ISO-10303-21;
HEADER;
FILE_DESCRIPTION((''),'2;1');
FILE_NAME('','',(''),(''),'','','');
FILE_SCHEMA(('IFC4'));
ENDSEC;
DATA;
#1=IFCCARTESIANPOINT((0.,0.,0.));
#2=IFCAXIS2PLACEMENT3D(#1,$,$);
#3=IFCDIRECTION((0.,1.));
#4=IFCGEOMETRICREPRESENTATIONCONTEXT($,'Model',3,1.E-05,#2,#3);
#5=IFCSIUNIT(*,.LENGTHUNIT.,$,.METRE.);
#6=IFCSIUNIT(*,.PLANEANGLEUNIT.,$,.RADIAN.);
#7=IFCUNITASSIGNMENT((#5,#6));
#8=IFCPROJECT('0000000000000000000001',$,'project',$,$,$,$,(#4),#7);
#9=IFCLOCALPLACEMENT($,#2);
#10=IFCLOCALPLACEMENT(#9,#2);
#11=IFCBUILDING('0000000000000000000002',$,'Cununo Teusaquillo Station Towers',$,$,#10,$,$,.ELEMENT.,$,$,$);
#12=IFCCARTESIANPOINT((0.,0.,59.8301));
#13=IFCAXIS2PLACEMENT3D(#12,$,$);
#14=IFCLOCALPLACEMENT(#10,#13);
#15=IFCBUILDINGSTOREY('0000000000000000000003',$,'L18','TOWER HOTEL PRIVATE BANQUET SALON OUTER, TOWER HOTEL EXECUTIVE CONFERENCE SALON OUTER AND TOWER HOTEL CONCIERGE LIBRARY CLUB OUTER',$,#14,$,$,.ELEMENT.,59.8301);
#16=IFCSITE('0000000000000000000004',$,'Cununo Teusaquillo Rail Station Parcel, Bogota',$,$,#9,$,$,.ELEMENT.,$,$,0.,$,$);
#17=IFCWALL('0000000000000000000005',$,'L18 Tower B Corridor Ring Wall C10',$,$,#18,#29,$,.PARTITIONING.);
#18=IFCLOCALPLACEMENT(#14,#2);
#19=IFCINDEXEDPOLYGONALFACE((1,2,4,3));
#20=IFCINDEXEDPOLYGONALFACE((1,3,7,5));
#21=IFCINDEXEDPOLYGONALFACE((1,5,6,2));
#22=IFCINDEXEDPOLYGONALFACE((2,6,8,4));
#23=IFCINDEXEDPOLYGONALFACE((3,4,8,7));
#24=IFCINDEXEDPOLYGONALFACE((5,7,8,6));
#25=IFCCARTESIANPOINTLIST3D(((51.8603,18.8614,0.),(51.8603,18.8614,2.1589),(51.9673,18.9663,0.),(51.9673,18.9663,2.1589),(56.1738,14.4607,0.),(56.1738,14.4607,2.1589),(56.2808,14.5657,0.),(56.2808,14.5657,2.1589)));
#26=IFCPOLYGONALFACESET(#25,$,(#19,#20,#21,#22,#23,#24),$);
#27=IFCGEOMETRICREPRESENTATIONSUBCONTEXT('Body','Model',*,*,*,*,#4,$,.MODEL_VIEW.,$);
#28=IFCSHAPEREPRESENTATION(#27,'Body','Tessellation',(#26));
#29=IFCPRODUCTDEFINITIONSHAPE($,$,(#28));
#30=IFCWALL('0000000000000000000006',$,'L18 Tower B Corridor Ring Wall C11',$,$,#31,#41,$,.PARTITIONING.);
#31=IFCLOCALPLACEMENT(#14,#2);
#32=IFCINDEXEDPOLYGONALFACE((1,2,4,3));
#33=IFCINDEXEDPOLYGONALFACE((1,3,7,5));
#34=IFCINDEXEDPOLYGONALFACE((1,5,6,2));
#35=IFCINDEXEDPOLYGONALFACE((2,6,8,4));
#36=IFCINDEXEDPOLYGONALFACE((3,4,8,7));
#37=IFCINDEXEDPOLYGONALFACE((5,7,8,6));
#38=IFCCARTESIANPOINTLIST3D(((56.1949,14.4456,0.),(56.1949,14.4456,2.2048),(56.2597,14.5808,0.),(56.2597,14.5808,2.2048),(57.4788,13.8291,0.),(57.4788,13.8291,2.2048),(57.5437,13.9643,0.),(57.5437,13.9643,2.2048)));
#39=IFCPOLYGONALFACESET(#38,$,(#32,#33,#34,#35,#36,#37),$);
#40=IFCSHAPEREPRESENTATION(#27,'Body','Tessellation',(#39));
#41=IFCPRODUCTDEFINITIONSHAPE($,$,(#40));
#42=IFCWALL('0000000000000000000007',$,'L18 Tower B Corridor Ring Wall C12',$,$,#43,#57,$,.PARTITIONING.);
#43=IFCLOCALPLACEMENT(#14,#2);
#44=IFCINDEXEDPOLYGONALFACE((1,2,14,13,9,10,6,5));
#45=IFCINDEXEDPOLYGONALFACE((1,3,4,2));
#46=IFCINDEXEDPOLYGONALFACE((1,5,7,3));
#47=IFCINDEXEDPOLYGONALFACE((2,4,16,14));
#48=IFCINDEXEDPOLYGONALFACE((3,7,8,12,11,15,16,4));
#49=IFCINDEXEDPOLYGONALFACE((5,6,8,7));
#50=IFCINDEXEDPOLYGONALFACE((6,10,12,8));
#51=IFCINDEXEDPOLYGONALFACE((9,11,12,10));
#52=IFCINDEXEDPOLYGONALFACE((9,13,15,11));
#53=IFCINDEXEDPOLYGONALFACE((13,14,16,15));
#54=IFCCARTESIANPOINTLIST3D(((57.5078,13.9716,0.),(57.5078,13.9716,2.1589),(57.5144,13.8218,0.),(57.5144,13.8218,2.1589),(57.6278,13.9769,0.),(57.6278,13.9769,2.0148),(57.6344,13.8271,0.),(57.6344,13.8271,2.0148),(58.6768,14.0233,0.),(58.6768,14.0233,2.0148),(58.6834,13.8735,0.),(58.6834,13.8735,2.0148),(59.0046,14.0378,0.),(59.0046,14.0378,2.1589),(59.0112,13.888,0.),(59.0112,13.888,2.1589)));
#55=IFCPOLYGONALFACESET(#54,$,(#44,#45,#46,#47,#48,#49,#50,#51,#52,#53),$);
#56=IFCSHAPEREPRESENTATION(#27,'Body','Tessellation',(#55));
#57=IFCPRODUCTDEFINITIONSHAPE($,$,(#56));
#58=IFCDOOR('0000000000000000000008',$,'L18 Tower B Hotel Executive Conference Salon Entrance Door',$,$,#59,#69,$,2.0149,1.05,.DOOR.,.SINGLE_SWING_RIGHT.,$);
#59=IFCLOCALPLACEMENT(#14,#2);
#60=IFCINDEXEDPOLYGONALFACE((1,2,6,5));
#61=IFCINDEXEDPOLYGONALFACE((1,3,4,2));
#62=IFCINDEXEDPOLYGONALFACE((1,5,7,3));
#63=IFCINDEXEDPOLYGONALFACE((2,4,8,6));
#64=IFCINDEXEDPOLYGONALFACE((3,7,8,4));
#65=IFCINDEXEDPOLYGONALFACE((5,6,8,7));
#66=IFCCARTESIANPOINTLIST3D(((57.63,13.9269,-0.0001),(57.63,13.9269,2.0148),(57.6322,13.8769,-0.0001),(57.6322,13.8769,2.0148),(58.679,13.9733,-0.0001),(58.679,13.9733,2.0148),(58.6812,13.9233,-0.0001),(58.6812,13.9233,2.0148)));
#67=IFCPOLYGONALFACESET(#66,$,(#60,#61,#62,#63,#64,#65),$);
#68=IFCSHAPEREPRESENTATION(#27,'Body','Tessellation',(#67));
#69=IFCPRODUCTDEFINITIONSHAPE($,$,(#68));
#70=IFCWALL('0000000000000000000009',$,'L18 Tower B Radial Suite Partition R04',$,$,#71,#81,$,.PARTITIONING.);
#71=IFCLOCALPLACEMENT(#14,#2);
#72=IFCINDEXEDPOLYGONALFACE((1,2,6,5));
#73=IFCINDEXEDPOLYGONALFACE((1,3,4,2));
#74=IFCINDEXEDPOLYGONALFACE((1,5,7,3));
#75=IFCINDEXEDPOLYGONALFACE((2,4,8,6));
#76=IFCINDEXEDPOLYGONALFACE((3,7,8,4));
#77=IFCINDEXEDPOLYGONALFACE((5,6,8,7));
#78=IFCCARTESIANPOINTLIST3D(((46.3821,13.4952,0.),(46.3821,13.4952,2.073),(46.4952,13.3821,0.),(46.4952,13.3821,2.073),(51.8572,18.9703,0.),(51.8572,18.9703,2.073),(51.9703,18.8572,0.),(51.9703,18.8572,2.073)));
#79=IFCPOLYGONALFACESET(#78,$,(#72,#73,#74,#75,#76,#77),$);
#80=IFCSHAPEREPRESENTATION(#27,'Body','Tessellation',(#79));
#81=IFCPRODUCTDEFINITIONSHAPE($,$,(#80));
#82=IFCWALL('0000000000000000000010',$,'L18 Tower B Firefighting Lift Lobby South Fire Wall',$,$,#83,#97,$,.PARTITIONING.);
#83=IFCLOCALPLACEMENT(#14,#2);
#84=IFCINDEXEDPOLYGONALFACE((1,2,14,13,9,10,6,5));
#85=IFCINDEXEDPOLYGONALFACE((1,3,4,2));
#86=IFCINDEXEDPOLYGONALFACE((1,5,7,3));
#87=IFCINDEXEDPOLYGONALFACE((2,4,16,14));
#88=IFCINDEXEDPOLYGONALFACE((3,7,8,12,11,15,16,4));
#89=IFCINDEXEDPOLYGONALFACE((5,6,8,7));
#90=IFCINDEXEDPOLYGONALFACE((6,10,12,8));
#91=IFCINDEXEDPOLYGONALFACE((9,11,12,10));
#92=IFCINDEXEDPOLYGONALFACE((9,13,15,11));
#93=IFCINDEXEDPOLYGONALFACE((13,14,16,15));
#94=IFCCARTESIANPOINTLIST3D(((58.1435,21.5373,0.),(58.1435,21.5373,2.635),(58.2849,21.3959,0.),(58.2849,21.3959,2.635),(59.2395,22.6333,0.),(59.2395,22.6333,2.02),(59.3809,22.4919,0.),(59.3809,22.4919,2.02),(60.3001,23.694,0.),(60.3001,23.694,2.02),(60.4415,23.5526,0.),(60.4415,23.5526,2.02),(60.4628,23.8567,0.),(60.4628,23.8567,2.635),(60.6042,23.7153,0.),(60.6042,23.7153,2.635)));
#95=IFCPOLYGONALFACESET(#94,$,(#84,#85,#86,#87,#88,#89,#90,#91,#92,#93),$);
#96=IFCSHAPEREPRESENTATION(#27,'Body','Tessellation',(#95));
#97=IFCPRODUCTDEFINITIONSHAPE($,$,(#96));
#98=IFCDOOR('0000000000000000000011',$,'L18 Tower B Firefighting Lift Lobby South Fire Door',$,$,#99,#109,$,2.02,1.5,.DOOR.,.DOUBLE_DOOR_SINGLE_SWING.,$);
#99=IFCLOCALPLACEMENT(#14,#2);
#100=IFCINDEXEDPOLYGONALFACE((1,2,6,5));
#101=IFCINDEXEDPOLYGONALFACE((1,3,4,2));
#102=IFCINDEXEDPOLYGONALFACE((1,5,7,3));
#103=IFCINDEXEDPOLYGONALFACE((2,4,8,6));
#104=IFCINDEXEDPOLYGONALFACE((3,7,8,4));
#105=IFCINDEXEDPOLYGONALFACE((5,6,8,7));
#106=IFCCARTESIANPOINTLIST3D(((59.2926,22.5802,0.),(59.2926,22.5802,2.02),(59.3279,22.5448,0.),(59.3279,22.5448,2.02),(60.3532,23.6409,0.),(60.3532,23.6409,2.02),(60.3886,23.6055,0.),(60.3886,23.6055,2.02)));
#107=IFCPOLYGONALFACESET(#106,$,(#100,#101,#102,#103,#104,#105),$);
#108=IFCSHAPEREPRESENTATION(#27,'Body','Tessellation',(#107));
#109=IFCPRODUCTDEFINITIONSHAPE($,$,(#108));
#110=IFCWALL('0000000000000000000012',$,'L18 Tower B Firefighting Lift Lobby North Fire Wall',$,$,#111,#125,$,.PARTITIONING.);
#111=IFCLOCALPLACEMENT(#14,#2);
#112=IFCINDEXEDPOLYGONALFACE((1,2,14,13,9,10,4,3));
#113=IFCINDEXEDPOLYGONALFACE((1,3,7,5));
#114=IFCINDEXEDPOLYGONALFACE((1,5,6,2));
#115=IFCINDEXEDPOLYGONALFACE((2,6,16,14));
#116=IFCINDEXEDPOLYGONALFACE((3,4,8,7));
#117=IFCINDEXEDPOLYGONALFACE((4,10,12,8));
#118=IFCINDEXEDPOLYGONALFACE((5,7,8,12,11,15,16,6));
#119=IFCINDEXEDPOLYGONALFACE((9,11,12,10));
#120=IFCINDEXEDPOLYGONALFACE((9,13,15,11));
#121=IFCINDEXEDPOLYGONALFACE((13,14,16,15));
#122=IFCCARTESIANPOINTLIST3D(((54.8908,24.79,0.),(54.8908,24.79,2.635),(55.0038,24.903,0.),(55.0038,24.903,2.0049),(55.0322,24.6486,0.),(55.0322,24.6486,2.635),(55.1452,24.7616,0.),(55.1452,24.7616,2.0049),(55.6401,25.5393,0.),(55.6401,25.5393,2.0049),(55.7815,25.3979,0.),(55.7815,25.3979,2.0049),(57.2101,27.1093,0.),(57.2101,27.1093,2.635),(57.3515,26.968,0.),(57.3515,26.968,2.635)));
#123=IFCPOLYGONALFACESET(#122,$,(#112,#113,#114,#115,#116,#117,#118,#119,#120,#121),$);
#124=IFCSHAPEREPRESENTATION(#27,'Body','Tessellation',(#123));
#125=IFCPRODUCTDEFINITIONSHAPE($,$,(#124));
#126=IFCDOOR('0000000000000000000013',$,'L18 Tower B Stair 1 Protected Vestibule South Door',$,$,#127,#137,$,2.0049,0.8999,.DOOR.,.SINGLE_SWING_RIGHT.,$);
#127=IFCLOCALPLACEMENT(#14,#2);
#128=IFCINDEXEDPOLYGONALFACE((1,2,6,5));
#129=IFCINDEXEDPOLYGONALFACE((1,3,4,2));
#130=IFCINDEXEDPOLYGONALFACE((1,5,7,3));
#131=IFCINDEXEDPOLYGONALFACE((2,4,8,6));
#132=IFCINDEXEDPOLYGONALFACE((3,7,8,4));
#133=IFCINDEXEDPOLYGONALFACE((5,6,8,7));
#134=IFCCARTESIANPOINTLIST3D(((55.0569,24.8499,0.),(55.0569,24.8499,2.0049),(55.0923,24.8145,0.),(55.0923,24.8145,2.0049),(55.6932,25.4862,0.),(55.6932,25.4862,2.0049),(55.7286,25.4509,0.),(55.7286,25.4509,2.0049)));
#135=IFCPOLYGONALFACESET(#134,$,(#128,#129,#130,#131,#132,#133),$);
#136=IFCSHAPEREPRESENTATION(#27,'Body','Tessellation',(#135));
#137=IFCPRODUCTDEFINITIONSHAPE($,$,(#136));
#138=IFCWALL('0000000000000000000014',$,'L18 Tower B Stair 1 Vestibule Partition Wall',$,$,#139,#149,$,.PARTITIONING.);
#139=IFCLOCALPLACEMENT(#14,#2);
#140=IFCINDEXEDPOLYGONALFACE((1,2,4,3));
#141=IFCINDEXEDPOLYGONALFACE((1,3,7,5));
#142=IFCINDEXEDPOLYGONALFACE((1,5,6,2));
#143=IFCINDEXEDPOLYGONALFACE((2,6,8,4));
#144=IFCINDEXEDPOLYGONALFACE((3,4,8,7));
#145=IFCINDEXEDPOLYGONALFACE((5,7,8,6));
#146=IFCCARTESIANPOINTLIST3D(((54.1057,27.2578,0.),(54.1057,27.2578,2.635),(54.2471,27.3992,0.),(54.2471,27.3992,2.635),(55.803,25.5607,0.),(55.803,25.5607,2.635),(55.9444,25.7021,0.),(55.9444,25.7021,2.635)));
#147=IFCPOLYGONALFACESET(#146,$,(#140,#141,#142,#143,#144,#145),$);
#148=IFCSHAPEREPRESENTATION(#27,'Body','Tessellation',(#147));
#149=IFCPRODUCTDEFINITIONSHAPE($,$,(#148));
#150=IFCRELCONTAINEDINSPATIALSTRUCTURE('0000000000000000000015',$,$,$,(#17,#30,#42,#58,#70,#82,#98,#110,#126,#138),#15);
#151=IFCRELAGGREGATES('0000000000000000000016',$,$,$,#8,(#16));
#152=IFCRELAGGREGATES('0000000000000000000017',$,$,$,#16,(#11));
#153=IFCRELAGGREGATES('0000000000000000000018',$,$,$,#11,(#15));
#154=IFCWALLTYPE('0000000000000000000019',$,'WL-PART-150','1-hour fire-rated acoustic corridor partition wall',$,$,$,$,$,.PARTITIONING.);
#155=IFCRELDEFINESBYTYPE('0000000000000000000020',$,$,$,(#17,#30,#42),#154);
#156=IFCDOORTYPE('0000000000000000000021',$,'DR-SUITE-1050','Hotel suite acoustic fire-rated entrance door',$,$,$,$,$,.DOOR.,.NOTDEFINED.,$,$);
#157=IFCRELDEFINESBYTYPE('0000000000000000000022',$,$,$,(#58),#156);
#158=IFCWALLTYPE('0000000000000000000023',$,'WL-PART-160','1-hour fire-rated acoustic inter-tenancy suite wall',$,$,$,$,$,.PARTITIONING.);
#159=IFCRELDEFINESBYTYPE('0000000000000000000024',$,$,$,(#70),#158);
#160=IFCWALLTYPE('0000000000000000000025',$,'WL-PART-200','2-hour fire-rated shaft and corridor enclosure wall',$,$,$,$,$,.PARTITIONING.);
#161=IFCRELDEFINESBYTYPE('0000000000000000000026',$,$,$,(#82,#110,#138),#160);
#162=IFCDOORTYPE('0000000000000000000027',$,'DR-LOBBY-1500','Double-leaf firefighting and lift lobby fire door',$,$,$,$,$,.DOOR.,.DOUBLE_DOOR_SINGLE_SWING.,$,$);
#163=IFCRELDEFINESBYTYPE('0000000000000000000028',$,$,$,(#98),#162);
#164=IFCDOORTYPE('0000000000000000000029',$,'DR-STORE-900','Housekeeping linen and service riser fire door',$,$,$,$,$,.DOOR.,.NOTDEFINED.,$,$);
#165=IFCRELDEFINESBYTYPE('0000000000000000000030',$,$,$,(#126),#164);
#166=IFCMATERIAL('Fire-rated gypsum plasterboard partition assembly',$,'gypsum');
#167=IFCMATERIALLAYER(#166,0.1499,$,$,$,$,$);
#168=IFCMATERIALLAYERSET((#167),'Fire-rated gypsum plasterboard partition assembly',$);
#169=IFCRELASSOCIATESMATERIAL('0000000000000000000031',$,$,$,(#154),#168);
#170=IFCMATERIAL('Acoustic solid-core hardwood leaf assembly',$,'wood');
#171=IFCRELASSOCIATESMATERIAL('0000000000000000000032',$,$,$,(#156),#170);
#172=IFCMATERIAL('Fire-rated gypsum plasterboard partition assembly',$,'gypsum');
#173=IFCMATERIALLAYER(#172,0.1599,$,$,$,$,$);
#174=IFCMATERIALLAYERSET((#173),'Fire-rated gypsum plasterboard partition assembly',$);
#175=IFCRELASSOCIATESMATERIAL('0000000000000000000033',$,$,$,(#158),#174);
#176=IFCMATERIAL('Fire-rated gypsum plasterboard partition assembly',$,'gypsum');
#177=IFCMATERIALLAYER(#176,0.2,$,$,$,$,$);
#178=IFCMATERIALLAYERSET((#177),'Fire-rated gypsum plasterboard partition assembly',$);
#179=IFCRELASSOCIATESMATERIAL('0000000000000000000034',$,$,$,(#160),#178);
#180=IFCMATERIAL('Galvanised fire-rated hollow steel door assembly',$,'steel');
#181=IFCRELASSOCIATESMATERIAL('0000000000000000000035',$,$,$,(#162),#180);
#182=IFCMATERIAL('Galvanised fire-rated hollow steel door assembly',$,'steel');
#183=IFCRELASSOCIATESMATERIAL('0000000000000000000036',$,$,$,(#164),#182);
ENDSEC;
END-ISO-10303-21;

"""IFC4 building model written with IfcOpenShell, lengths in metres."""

from ifc_helpers import new_model, si_unit, direction, frame, frame_2d, origin, place, context, subcontext, project, spatial, rectangle, extrude, source, transform, mapped, material, layer, layer_set, type_object, element, fill, save


model = new_model("IFC4")

# Units and contexts
model_context = context("Model", 3, precision=1e-05, world=origin(), true_north=direction((0.0, 1.0)))
body_context = subcontext(model_context, "Body", "Model", "MODEL_VIEW")
ifc_project = project(units=[si_unit("LENGTHUNIT", "METRE"), si_unit("PLANEANGLEUNIT", "RADIAN")], contexts=[model_context])

# Site, building, storey
site_placement = place(None, origin())
site = spatial("IfcSite", under=ifc_project, at=site_placement, Name="Cununo Teusaquillo Rail Station Parcel, Bogota", CompositionType="ELEMENT", RefElevation=0.0)
building_placement = place(site_placement, origin())
building = spatial("IfcBuilding", under=site, at=building_placement, Name="Cununo Teusaquillo Station Towers", CompositionType="ELEMENT")
storey_placement = place(building_placement, frame((0.0, 0.0, 59.8301)))
storey = spatial("IfcBuildingStorey", under=building, at=storey_placement, Name="L18", Description="TOWER HOTEL PRIVATE BANQUET SALON OUTER, TOWER HOTEL EXECUTIVE CONFERENCE SALON OUTER AND TOWER HOTEL CONCIERGE LIBRARY CLUB OUTER", CompositionType="ELEMENT", Elevation=59.8301)

# Walls
ifc_material_1 = material(Name="Fire-rated gypsum plasterboard partition assembly", Category="gypsum")
ifc_layer_1 = layer(ifc_material_1, 0.1499)
ifc_layer_set_1 = layer_set([ifc_layer_1], Name="Fire-rated gypsum plasterboard partition assembly")
wall_type_1 = type_object("IfcWallType", Name="WL-PART-150", Description="1-hour fire-rated acoustic corridor partition wall", PredefinedType="PARTITIONING", material=ifc_layer_set_1)
wall_1_placement = place(storey_placement, frame((51.9138, 18.9138, 0.0), z_axis=(0.0, 0.0, 1.0), x_axis=(0.699999, -0.714144, 0.0)))
element("IfcWall", 1, at=wall_1_placement, inside=storey, type_object=wall_type_1, Name="L18 Tower B Corridor Ring Wall C10", PredefinedType="PARTITIONING", context=body_context, shape_type="SweptSolid", body=[
    extrude(rectangle(XDim=6.1621, YDim=0.1499, at=frame_2d((3.0811, 0.0))), origin(), (0.0, 0.0, 1.0), 2.1589),
])
wall_2_placement = place(storey_placement, frame((56.2273, 14.5132, 0.0), z_axis=(0.0, 0.0, 1.0), x_axis=(0.901478, -0.432826, 0.0)))
element("IfcWall", 2, at=wall_2_placement, inside=storey, type_object=wall_type_1, Name="L18 Tower B Corridor Ring Wall C11", PredefinedType="PARTITIONING", context=body_context, shape_type="SweptSolid", body=[
    extrude(rectangle(XDim=1.4243, YDim=0.1499, at=frame_2d((0.7122, 0.0))), origin(), (0.0, 0.0, 1.0), 2.2048),
])

# Wall, opening, door
wall_3_placement = place(storey_placement, frame((57.5112, 13.8967, 0.0), z_axis=(0.0, 0.0, 1.0), x_axis=(0.999025, 0.044158, 0.0)))
wall_3 = element("IfcWall", 3, at=wall_3_placement, inside=storey, type_object=wall_type_1, Name="L18 Tower B Corridor Ring Wall C12", PredefinedType="PARTITIONING", context=body_context, shape_type="SweptSolid", body=[
    extrude(rectangle(XDim=1.4983, YDim=0.1499, at=frame_2d((0.749, 0.0))), origin(), (0.0, 0.0, 1.0), 2.1589),
])
shared_shape_1 = source(origin(), body_context, "Body", "SweptSolid", [
    extrude(rectangle(XDim=1.05, YDim=2.0149, at=frame_2d((0.5249, 1.0073))), frame((0.0, 0.085, 0.0), z_axis=(0.0, -1.0, 0.0), x_axis=(1.0, 0.0, 0.0)), (0.0, 0.0, 1.0), 0.1699),
])
opening_1_placement = place(wall_3_placement, frame((0.1201, 0.0, 0.0)))
opening_1 = element("IfcOpeningElement", 4, at=opening_1_placement, cuts=wall_3, PredefinedType="OPENING", context=body_context, shape_type="MappedRepresentation", body=[
    mapped(shared_shape_1, transform((0.0, 0.0, 0.0), x_axis=(1.0, 0.0, 0.0), y_axis=(0.0, 1.0, 0.0), z_axis=(0.0, 0.0, 1.0), scale=1.0)),
])
ifc_material_2 = material(Name="Acoustic solid-core hardwood leaf assembly", Category="wood")
door_type_1 = type_object("IfcDoorType", Name="DR-SUITE-1050", Description="Hotel suite acoustic fire-rated entrance door", OperationType="NOTDEFINED", PredefinedType="DOOR", material=ifc_material_2)
shared_shape_2 = source(origin(), body_context, "Body", "SweptSolid", [
    extrude(rectangle(XDim=1.05, YDim=2.0149, at=frame_2d((0.5249, 1.0073))), frame((0.0, 0.0249, 0.0), z_axis=(0.0, -1.0, 0.0), x_axis=(1.0, 0.0, 0.0)), (0.0, 0.0, 1.0), 0.05),
])
door_1_placement = place(opening_1_placement, origin())
door_1 = element("IfcDoor", 5, at=door_1_placement, inside=storey, type_object=door_type_1, Name="L18 Tower B Hotel Executive Conference Salon Entrance Door", OperationType="SINGLE_SWING_RIGHT", OverallHeight=2.0149, OverallWidth=1.05, PredefinedType="DOOR", context=body_context, shape_type="MappedRepresentation", body=[
    mapped(shared_shape_2, transform((0.0, 0.0, 0.0), x_axis=(1.0, 0.0, 0.0), y_axis=(0.0, 1.0, 0.0), z_axis=(0.0, 0.0, 1.0), scale=1.0)),
])
fill(opening_1, door_1)

# Wall
ifc_material_3 = material(Name="Fire-rated gypsum plasterboard partition assembly", Category="gypsum")
ifc_layer_2 = layer(ifc_material_3, 0.1599)
ifc_layer_set_2 = layer_set([ifc_layer_2], Name="Fire-rated gypsum plasterboard partition assembly")
wall_type_2 = type_object("IfcWallType", Name="WL-PART-160", Description="1-hour fire-rated acoustic inter-tenancy suite wall", PredefinedType="PARTITIONING", material=ifc_layer_set_2)
wall_4_placement = place(storey_placement, frame((51.9138, 18.9138, 0.0), z_axis=(0.0, 0.0, 1.0), x_axis=(-0.707107, -0.707107, 0.0)))
element("IfcWall", 6, at=wall_4_placement, inside=storey, type_object=wall_type_2, Name="L18 Tower B Radial Suite Partition R04", PredefinedType="PARTITIONING", context=body_context, shape_type="SweptSolid", body=[
    extrude(rectangle(XDim=7.7429, YDim=0.1599, at=frame_2d((3.8716, 0.0))), origin(), (0.0, 0.0, 1.0), 2.073),
])

# Walls, openings, doors
ifc_material_4 = material(Name="Fire-rated gypsum plasterboard partition assembly", Category="gypsum")
ifc_layer_3 = layer(ifc_material_4, 0.2)
ifc_layer_set_3 = layer_set([ifc_layer_3], Name="Fire-rated gypsum plasterboard partition assembly")
wall_type_3 = type_object("IfcWallType", Name="WL-PART-200", Description="2-hour fire-rated shaft and corridor enclosure wall", PredefinedType="PARTITIONING", material=ifc_layer_set_3)
wall_5_placement = place(storey_placement, frame((58.2141, 21.4666, 0.0), z_axis=(0.0, 0.0, 1.0), x_axis=(0.707107, 0.707107, 0.0)))
wall_5 = element("IfcWall", 7, at=wall_5_placement, inside=storey, type_object=wall_type_3, Name="L18 Tower B Firefighting Lift Lobby South Fire Wall", PredefinedType="PARTITIONING", context=body_context, shape_type="SweptSolid", body=[
    extrude(rectangle(XDim=3.28, YDim=0.2, at=frame_2d((1.6401, 0.0))), origin(), (0.0, 0.0, 1.0), 2.635),
])
shared_shape_3 = source(origin(), body_context, "Body", "SweptSolid", [
    extrude(rectangle(XDim=1.5, YDim=2.02, at=frame_2d((0.75, 1.01))), frame((0.0, 0.1099, 0.0), z_axis=(0.0, -1.0, 0.0), x_axis=(1.0, 0.0, 0.0)), (0.0, 0.0, 1.0), 0.22),
])
opening_2_placement = place(wall_5_placement, frame((1.55, 0.0, 0.0)))
opening_2 = element("IfcOpeningElement", 8, at=opening_2_placement, cuts=wall_5, PredefinedType="OPENING", context=body_context, shape_type="MappedRepresentation", body=[
    mapped(shared_shape_3, transform((0.0, 0.0, 0.0), x_axis=(1.0, 0.0, 0.0), y_axis=(0.0, 1.0, 0.0), z_axis=(0.0, 0.0, 1.0), scale=1.0)),
])
ifc_material_5 = material(Name="Galvanised fire-rated hollow steel door assembly", Category="steel")
door_type_2 = type_object("IfcDoorType", Name="DR-LOBBY-1500", Description="Double-leaf firefighting and lift lobby fire door", OperationType="DOUBLE_DOOR_SINGLE_SWING", PredefinedType="DOOR", material=ifc_material_5)
shared_shape_4 = source(origin(), body_context, "Body", "SweptSolid", [
    extrude(rectangle(XDim=1.5, YDim=2.02, at=frame_2d((0.75, 1.01))), frame((0.0, 0.0249, 0.0), z_axis=(0.0, -1.0, 0.0), x_axis=(1.0, 0.0, 0.0)), (0.0, 0.0, 1.0), 0.05),
])
door_2_placement = place(opening_2_placement, origin())
door_2 = element("IfcDoor", 9, at=door_2_placement, inside=storey, type_object=door_type_2, Name="L18 Tower B Firefighting Lift Lobby South Fire Door", OperationType="DOUBLE_DOOR_SINGLE_SWING", OverallHeight=2.02, OverallWidth=1.5, PredefinedType="DOOR", context=body_context, shape_type="MappedRepresentation", body=[
    mapped(shared_shape_4, transform((0.0, 0.0, 0.0), x_axis=(1.0, 0.0, 0.0), y_axis=(0.0, 1.0, 0.0), z_axis=(0.0, 0.0, 1.0), scale=1.0)),
])
fill(opening_2, door_2)
wall_6_placement = place(storey_placement, frame((54.9614, 24.7192, 0.0), z_axis=(0.0, 0.0, 1.0), x_axis=(0.707107, 0.707107, 0.0)))
wall_6 = element("IfcWall", 10, at=wall_6_placement, inside=storey, type_object=wall_type_3, Name="L18 Tower B Firefighting Lift Lobby North Fire Wall", PredefinedType="PARTITIONING", context=body_context, shape_type="SweptSolid", body=[
    extrude(rectangle(XDim=3.28, YDim=0.2, at=frame_2d((1.6401, 0.0))), origin(), (0.0, 0.0, 1.0), 2.635),
])
shared_shape_5 = source(origin(), body_context, "Body", "SweptSolid", [
    extrude(rectangle(XDim=0.8999, YDim=2.0049, at=frame_2d((0.45, 1.0024))), frame((0.0, 0.1099, 0.0), z_axis=(0.0, -1.0, 0.0), x_axis=(1.0, 0.0, 0.0)), (0.0, 0.0, 1.0), 0.22),
])
opening_3_placement = place(wall_6_placement, frame((0.1599, 0.0, 0.0)))
opening_3 = element("IfcOpeningElement", 11, at=opening_3_placement, cuts=wall_6, PredefinedType="OPENING", context=body_context, shape_type="MappedRepresentation", body=[
    mapped(shared_shape_5, transform((0.0, 0.0, 0.0), x_axis=(1.0, 0.0, 0.0), y_axis=(0.0, 1.0, 0.0), z_axis=(0.0, 0.0, 1.0), scale=1.0)),
])
ifc_material_6 = material(Name="Galvanised fire-rated hollow steel door assembly", Category="steel")
door_type_3 = type_object("IfcDoorType", Name="DR-STORE-900", Description="Housekeeping linen and service riser fire door", OperationType="NOTDEFINED", PredefinedType="DOOR", material=ifc_material_6)
shared_shape_6 = source(origin(), body_context, "Body", "SweptSolid", [
    extrude(rectangle(XDim=0.8999, YDim=2.0049, at=frame_2d((0.45, 1.0024))), frame((0.0, 0.0249, 0.0), z_axis=(0.0, -1.0, 0.0), x_axis=(1.0, 0.0, 0.0)), (0.0, 0.0, 1.0), 0.05),
])
door_3_placement = place(opening_3_placement, origin())
door_3 = element("IfcDoor", 12, at=door_3_placement, inside=storey, type_object=door_type_3, Name="L18 Tower B Stair 1 Protected Vestibule South Door", OperationType="SINGLE_SWING_RIGHT", OverallHeight=2.0049, OverallWidth=0.8999, PredefinedType="DOOR", context=body_context, shape_type="MappedRepresentation", body=[
    mapped(shared_shape_6, transform((0.0, 0.0, 0.0), x_axis=(1.0, 0.0, 0.0), y_axis=(0.0, 1.0, 0.0), z_axis=(0.0, 0.0, 1.0), scale=1.0)),
])
fill(opening_3, door_3)

# Wall
wall_7_placement = place(storey_placement, frame((55.8738, 25.6313, 0.0), z_axis=(0.0, 0.0, 1.0), x_axis=(-0.707158, 0.707056, 0.0)))
element("IfcWall", 13, at=wall_7_placement, inside=storey, type_object=wall_type_3, Name="L18 Tower B Stair 1 Vestibule Partition Wall", PredefinedType="PARTITIONING", context=body_context, shape_type="SweptSolid", body=[
    extrude(rectangle(XDim=2.4001, YDim=0.2, at=frame_2d((1.2002, 0.0))), origin(), (0.0, 0.0, 1.0), 2.635),
])

save(model, "model.ifc")
